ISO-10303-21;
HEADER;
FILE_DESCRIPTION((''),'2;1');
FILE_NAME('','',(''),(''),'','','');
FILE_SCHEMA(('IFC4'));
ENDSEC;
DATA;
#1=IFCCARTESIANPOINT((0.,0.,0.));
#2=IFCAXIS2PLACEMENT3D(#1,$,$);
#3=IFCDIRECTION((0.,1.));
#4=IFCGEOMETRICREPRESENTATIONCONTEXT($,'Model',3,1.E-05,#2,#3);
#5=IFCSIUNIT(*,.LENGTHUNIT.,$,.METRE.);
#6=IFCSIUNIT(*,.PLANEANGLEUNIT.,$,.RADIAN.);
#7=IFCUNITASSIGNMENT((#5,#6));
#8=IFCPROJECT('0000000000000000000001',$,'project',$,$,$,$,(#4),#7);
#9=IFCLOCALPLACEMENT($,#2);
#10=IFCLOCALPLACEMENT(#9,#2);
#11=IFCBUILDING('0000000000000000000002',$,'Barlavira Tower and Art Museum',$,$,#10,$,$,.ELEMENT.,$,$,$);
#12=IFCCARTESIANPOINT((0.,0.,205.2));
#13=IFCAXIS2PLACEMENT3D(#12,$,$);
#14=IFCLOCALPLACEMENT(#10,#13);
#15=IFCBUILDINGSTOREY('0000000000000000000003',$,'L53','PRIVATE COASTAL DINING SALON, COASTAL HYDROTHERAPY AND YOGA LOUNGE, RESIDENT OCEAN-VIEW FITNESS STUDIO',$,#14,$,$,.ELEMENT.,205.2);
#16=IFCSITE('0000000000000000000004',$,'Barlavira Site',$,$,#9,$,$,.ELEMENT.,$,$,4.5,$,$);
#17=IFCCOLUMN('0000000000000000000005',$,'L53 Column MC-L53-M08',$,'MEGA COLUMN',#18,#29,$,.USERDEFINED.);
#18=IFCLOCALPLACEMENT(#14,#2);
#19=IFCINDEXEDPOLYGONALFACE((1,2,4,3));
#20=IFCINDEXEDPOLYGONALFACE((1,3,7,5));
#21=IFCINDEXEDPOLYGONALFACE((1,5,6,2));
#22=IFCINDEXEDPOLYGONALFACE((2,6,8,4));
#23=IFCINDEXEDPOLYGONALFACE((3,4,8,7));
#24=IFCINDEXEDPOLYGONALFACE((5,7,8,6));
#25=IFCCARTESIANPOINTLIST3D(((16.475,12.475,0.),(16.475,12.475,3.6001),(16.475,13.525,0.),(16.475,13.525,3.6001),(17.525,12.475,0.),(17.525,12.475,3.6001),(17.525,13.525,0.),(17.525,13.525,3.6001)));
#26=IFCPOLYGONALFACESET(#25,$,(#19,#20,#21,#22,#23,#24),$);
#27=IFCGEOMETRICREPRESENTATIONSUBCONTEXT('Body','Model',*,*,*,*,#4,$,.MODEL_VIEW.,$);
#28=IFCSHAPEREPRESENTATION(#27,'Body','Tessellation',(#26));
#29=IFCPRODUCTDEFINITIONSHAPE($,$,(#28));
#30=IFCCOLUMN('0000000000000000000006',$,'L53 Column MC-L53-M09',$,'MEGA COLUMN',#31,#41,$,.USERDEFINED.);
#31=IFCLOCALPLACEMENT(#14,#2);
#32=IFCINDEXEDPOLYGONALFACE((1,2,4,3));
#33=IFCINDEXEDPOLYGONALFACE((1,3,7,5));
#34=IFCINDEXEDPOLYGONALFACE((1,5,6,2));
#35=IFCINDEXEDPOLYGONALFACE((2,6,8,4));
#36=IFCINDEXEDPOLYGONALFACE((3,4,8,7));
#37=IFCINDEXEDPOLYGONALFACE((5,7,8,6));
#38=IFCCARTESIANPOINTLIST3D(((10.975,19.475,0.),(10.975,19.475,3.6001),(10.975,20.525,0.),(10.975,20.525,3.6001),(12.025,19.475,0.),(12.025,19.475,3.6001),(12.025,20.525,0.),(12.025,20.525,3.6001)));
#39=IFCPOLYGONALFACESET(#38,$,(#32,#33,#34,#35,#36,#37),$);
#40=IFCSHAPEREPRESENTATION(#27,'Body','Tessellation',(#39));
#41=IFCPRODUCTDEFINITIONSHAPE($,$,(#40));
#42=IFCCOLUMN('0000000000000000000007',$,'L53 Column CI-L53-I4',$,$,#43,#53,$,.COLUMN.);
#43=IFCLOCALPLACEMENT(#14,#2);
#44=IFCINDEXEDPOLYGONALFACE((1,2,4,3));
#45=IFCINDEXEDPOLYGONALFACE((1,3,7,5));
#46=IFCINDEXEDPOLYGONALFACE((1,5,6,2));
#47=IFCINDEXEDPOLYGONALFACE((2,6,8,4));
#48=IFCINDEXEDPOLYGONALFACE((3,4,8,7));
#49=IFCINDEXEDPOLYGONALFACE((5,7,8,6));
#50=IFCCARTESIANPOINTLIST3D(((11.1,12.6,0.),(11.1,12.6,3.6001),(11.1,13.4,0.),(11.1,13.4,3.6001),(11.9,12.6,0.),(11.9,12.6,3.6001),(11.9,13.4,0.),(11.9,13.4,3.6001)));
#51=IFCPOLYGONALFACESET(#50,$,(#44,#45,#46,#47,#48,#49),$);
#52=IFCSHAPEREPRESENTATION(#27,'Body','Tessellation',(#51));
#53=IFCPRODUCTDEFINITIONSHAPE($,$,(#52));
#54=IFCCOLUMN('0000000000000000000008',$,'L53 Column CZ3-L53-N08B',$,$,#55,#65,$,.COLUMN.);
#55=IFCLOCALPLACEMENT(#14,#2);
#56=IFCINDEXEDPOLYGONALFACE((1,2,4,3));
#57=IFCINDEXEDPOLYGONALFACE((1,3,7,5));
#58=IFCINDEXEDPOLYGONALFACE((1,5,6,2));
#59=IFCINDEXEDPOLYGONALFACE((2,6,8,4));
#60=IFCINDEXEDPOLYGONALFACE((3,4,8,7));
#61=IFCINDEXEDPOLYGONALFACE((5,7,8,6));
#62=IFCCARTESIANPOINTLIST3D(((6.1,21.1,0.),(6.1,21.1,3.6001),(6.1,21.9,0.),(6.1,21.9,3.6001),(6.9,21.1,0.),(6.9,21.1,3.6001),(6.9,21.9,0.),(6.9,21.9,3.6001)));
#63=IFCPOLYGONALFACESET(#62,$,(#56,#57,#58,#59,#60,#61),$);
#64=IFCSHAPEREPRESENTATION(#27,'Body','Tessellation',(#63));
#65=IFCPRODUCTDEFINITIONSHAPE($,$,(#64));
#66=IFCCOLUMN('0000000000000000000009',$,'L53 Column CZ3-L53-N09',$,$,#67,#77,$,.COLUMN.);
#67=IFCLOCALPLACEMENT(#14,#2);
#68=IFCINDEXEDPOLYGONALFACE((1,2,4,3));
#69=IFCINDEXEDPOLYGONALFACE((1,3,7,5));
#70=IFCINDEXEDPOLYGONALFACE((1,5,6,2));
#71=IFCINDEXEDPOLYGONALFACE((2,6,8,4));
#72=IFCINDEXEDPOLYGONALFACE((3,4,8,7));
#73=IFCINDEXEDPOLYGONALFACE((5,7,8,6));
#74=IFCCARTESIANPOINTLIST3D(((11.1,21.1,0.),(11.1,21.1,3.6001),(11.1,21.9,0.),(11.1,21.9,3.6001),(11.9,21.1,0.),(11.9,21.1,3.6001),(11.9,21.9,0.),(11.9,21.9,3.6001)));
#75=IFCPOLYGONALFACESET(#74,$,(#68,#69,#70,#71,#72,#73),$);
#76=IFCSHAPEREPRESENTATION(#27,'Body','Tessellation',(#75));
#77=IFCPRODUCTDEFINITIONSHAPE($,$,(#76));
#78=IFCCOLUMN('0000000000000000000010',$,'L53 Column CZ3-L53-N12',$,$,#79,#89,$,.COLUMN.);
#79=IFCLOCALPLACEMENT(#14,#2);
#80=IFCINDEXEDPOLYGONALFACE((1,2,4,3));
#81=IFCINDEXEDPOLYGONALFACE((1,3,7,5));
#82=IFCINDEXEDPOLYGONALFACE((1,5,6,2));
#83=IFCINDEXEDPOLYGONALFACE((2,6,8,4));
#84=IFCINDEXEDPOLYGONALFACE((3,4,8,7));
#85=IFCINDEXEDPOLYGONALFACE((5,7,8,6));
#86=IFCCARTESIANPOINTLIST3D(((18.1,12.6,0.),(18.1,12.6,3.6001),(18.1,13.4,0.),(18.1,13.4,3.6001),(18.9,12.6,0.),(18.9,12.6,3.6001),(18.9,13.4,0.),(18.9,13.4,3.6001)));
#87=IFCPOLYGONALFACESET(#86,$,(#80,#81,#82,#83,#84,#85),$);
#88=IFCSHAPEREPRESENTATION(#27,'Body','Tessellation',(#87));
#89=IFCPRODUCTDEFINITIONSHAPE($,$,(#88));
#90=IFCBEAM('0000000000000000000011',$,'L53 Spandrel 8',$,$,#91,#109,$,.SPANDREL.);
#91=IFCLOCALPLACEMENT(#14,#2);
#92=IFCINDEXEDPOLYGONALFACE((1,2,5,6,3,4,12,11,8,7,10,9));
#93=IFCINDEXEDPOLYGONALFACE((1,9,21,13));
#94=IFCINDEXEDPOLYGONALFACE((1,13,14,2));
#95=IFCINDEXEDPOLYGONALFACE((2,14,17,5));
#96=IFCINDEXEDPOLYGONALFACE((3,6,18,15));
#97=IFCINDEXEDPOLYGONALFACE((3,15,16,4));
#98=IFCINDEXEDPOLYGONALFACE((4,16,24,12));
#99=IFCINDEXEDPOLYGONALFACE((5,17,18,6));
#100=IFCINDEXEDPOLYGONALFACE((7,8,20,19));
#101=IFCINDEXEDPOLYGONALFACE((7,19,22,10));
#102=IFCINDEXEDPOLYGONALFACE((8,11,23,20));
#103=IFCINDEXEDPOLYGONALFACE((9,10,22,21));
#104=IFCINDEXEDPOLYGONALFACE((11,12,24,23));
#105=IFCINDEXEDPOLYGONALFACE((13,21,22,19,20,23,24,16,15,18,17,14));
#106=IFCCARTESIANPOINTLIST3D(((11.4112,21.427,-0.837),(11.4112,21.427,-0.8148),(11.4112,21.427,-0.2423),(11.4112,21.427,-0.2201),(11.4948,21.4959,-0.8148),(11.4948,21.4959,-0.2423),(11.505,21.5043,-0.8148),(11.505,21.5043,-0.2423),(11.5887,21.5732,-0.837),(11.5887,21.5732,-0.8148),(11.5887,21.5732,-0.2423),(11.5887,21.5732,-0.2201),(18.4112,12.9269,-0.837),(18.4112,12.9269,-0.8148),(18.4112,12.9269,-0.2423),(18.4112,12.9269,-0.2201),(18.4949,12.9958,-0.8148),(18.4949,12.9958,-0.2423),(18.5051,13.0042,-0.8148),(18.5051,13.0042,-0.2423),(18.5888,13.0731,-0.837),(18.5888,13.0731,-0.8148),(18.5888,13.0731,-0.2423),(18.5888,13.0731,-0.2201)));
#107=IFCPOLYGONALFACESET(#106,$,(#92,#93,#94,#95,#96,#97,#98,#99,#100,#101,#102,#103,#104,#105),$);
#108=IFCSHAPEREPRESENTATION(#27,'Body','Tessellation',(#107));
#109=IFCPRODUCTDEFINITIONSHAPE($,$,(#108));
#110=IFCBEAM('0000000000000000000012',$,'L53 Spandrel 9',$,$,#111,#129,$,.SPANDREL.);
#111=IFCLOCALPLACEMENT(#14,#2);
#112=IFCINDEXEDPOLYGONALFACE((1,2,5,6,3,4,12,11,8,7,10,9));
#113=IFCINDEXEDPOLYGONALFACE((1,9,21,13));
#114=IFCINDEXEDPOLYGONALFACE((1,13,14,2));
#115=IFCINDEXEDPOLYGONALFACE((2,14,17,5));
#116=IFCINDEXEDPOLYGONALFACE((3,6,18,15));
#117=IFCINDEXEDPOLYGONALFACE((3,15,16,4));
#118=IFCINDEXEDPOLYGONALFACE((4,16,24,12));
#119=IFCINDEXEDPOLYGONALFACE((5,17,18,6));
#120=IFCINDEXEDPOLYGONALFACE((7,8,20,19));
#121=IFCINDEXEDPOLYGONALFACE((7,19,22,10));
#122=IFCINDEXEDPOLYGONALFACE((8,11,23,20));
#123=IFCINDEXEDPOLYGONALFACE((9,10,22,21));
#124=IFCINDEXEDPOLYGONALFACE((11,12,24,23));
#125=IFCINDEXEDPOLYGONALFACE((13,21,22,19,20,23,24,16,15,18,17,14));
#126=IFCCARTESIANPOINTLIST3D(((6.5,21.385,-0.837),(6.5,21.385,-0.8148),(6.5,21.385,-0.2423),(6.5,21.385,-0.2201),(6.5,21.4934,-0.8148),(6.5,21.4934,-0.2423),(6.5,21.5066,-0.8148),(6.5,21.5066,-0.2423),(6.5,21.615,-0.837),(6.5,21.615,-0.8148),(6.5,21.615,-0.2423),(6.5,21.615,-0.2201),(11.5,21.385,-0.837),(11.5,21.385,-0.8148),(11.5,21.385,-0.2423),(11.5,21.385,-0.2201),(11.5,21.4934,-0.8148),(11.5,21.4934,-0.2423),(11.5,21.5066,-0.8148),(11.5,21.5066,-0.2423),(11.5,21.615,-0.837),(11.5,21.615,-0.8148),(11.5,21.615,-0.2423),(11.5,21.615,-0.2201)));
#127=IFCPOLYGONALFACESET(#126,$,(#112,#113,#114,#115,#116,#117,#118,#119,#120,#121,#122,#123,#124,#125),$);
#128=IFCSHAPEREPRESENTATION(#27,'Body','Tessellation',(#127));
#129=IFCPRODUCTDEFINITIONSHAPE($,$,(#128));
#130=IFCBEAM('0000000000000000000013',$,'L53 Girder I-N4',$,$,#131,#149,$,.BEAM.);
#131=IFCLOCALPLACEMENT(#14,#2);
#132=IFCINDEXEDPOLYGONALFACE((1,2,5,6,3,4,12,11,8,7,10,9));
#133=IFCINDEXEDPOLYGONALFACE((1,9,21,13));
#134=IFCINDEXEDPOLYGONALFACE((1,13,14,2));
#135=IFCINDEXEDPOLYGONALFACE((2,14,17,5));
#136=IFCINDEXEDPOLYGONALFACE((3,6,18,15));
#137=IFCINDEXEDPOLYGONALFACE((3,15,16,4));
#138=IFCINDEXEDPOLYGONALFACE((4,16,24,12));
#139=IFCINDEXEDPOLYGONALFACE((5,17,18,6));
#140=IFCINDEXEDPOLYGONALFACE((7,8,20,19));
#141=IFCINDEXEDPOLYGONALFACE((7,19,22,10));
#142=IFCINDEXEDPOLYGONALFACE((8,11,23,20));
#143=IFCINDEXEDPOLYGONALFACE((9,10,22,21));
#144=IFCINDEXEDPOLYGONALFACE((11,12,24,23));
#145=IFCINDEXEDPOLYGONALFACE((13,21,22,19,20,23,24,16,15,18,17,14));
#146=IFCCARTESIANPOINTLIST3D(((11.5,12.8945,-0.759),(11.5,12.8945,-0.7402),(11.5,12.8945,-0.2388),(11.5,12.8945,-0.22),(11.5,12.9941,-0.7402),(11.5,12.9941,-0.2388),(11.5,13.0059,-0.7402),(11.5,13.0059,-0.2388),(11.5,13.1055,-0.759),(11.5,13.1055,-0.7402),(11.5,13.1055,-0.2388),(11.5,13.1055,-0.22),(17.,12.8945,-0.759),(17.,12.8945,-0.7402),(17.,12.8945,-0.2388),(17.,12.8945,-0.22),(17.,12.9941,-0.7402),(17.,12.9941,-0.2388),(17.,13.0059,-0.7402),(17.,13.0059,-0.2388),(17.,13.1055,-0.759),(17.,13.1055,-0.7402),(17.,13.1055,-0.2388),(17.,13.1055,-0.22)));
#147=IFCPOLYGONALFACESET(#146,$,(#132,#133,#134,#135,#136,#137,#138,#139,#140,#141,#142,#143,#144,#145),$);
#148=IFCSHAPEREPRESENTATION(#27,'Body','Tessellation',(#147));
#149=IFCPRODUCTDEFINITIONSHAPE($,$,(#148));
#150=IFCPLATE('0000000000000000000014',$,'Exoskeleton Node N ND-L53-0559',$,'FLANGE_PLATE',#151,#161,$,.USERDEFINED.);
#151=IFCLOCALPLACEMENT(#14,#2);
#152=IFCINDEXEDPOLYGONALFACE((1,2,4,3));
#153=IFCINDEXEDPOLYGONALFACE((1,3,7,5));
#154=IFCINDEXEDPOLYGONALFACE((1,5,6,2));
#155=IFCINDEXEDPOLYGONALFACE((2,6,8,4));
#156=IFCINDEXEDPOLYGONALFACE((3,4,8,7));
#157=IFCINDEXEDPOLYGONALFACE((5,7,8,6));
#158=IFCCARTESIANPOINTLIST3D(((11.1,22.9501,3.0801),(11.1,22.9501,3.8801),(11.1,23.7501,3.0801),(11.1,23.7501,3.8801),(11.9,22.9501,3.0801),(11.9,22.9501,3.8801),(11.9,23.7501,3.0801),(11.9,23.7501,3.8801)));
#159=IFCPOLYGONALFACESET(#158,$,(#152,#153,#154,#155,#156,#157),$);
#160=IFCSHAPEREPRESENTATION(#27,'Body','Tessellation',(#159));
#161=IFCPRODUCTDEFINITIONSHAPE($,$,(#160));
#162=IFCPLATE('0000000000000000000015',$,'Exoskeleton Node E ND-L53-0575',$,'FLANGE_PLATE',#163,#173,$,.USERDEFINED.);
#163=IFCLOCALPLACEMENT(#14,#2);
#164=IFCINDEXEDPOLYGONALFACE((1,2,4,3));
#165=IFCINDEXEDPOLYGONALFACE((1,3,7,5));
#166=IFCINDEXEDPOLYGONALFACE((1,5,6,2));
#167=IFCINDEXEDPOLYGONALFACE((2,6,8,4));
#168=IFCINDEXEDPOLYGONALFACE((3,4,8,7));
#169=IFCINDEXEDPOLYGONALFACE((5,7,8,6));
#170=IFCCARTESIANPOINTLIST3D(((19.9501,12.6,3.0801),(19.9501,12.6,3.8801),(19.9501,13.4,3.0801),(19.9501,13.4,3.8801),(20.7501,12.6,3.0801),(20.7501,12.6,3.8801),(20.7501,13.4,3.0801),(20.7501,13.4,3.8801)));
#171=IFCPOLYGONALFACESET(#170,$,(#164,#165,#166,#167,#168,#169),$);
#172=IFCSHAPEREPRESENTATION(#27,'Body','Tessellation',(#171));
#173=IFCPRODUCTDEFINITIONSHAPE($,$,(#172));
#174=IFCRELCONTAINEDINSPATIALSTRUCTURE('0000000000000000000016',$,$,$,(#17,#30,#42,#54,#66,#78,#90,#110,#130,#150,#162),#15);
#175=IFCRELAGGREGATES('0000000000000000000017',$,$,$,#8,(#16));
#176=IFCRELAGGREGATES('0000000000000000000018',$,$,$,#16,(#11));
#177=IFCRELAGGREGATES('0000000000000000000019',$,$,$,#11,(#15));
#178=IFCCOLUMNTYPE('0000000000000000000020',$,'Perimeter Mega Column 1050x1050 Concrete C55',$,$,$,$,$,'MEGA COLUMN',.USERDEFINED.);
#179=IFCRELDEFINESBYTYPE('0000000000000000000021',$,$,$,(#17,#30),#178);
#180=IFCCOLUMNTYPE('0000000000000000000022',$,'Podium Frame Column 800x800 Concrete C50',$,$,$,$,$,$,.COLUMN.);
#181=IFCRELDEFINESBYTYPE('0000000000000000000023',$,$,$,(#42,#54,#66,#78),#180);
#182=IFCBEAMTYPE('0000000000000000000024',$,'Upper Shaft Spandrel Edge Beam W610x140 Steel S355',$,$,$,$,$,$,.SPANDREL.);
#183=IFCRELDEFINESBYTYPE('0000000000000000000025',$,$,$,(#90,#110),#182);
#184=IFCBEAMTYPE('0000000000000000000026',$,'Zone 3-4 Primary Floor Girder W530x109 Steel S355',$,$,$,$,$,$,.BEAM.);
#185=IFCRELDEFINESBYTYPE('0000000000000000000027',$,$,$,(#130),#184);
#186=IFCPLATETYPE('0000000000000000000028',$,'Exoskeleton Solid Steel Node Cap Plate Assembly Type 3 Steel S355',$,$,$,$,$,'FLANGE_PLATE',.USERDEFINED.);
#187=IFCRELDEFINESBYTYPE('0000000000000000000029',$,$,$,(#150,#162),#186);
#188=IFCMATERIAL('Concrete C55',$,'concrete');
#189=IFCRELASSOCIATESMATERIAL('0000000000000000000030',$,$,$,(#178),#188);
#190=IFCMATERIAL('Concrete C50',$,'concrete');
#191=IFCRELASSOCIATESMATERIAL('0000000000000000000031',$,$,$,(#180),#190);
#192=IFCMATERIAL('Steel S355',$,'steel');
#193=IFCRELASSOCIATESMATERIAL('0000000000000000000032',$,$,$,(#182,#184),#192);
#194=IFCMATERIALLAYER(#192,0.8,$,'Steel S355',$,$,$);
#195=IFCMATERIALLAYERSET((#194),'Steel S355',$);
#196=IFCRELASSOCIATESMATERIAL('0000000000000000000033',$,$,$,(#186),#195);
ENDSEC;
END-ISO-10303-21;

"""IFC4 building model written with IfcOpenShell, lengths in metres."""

from ifc_helpers import new_model, si_unit, direction, frame, origin, origin_2d, place, context, subcontext, project, spatial, rectangle, i_section, extrude, material, layer, layer_set, material_profile, profile_set, type_object, element, save


model = new_model("IFC4")

# Units and contexts
model_context = context("Model", 3, precision=1e-05, world=origin(), true_north=direction((0.0, 1.0)))
body_context = subcontext(model_context, "Body", "Model", "MODEL_VIEW")
ifc_project = project(units=[si_unit("LENGTHUNIT", "METRE"), si_unit("PLANEANGLEUNIT", "RADIAN")], contexts=[model_context])

# Site, building, storey
site_placement = place(None, origin())
site = spatial("IfcSite", under=ifc_project, at=site_placement, Name="Barlavira Site", CompositionType="ELEMENT", RefElevation=4.5)
building_placement = place(site_placement, origin())
building = spatial("IfcBuilding", under=site, at=building_placement, Name="Barlavira Tower and Art Museum", CompositionType="ELEMENT")
storey_placement = place(building_placement, frame((0.0, 0.0, 205.2)))
storey = spatial("IfcBuildingStorey", under=building, at=storey_placement, Name="L53", Description="PRIVATE COASTAL DINING SALON, COASTAL HYDROTHERAPY AND YOGA LOUNGE, RESIDENT OCEAN-VIEW FITNESS STUDIO", CompositionType="ELEMENT", Elevation=205.2)

# Columns
ifc_material_1 = material(Name="Concrete C55", Category="concrete")
ifc_material_profile_1 = material_profile(ifc_material_1, rectangle(XDim=1.05, YDim=1.05, at=origin_2d()), Name="RC-COL 1050x1050")
ifc_profile_set_1 = profile_set([ifc_material_profile_1], Name="Concrete C55")
column_type_1 = type_object("IfcColumnType", Name="Perimeter Mega Column 1050x1050 Concrete C55", ElementType="MEGA COLUMN", PredefinedType="USERDEFINED", material=ifc_profile_set_1)
for number, where, z_axis, x_axis, name in (
    (1, (17.0, 13.0, 0.0), (0.0, 0.0, 1.0), (1.0, 0.0, 0.0), "L53 Column MC-L53-M08"),
    (2, (11.5, 20.0, 0.0), (0.0, 0.0, 1.0), (1.0, 0.0, 0.0), "L53 Column MC-L53-M09"),
):
    element("IfcColumn", number, at=place(storey_placement, frame(where, z_axis=z_axis, x_axis=x_axis)), inside=storey, type_object=column_type_1, Name=name, ObjectType="MEGA COLUMN", PredefinedType="USERDEFINED", context=body_context, shape_type="SweptSolid", body=[
        extrude(rectangle(XDim=1.05, YDim=1.05, at=origin_2d()), origin(), (0.0, 0.0, 1.0), 3.6001),
    ])
ifc_material_2 = material(Name="Concrete C50", Category="concrete")
ifc_material_profile_2 = material_profile(ifc_material_2, rectangle(XDim=0.8, YDim=0.8, at=origin_2d()), Name="RC-COL 800x800")
ifc_profile_set_2 = profile_set([ifc_material_profile_2], Name="Concrete C50")
column_type_2 = type_object("IfcColumnType", Name="Podium Frame Column 800x800 Concrete C50", PredefinedType="COLUMN", material=ifc_profile_set_2)
for number, where, z_axis, x_axis, name in (
    (3, (11.5, 13.0, 0.0), (0.0, 0.0, 1.0), (1.0, 0.0, 0.0), "L53 Column CI-L53-I4"),
    (4, (6.5, 21.5, 0.0), (0.0, 0.0, 1.0), (1.0, 0.0, 0.0), "L53 Column CZ3-L53-N08B"),
    (5, (11.5, 21.5, 0.0), (0.0, 0.0, 1.0), (1.0, 0.0, 0.0), "L53 Column CZ3-L53-N09"),
    (6, (18.5, 13.0, 0.0), (0.0, 0.0, 1.0), (1.0, 0.0, 0.0), "L53 Column CZ3-L53-N12"),
):
    element("IfcColumn", number, at=place(storey_placement, frame(where, z_axis=z_axis, x_axis=x_axis)), inside=storey, type_object=column_type_2, Name=name, PredefinedType="COLUMN", context=body_context, shape_type="SweptSolid", body=[
        extrude(rectangle(XDim=0.8, YDim=0.8, at=origin_2d()), origin(), (0.0, 0.0, 1.0), 3.6001),
    ])

# Beams
ifc_material_3 = material(Name="Steel S355", Category="steel")
ifc_material_profile_3 = material_profile(ifc_material_3, i_section(OverallWidth=0.23, OverallDepth=0.6169, WebThickness=0.0132, FlangeThickness=0.0222, at=origin_2d()), Name="W610x140.0")
ifc_profile_set_3 = profile_set([ifc_material_profile_3], Name="Steel S355")
beam_type_1 = type_object("IfcBeamType", Name="Upper Shaft Spandrel Edge Beam W610x140 Steel S355", PredefinedType="SPANDREL", material=ifc_profile_set_3)
beam_1_placement = place(storey_placement, frame((18.5, 13.0, -0.5286), z_axis=(-0.635707, 0.77193, 0.0), x_axis=(-0.77193, -0.635707, 0.0)))
element("IfcBeam", 7, at=beam_1_placement, inside=storey, type_object=beam_type_1, Name="L53 Spandrel 8", PredefinedType="SPANDREL", context=body_context, shape_type="SweptSolid", body=[
    extrude(i_section(OverallWidth=0.23, OverallDepth=0.6169, WebThickness=0.0132, FlangeThickness=0.0222, at=origin_2d()), origin(), (0.0, 0.0, 1.0), 11.0115),
])
beam_2_placement = place(storey_placement, frame((6.5, 21.5, -0.5286), z_axis=(1.0, 0.0, 0.0), x_axis=(0.0, 1.0, 0.0)))
element("IfcBeam", 8, at=beam_2_placement, inside=storey, type_object=beam_type_1, Name="L53 Spandrel 9", PredefinedType="SPANDREL", context=body_context, shape_type="SweptSolid", body=[
    extrude(i_section(OverallWidth=0.23, OverallDepth=0.6169, WebThickness=0.0132, FlangeThickness=0.0222, at=origin_2d()), origin(), (0.0, 0.0, 1.0), 5.0),
])
ifc_material_profile_4 = material_profile(ifc_material_3, i_section(OverallWidth=0.2109, OverallDepth=0.5391, WebThickness=0.0117, FlangeThickness=0.0188, at=origin_2d()), Name="W530x109.0")
ifc_profile_set_4 = profile_set([ifc_material_profile_4], Name="Steel S355")
beam_type_2 = type_object("IfcBeamType", Name="Zone 3-4 Primary Floor Girder W530x109 Steel S355", PredefinedType="BEAM", material=ifc_profile_set_4)
beam_3_placement = place(storey_placement, frame((11.5, 13.0, -0.4895), z_axis=(1.0, 0.0, 0.0), x_axis=(0.0, 1.0, 0.0)))
element("IfcBeam", 9, at=beam_3_placement, inside=storey, type_object=beam_type_2, Name="L53 Girder I-N4", PredefinedType="BEAM", context=body_context, shape_type="SweptSolid", body=[
    extrude(i_section(OverallWidth=0.2109, OverallDepth=0.5391, WebThickness=0.0117, FlangeThickness=0.0188, at=origin_2d()), origin(), (0.0, 0.0, 1.0), 5.5),
])

# Plates
ifc_layer_1 = layer(ifc_material_3, 0.8, Name="Steel S355")
ifc_layer_set_1 = layer_set([ifc_layer_1], Name="Steel S355")
plate_type = type_object("IfcPlateType", Name="Exoskeleton Solid Steel Node Cap Plate Assembly Type 3 Steel S355", ElementType="FLANGE_PLATE", PredefinedType="USERDEFINED", material=ifc_layer_set_1)
for number, where, z_axis, x_axis, name in (
    (10, (11.5, 23.3501, 3.0801), (0.0, 0.0, 1.0), (1.0, 0.0, 0.0), "Exoskeleton Node N ND-L53-0559"),
    (11, (20.3501, 13.0, 3.0801), (0.0, 0.0, 1.0), (1.0, 0.0, 0.0), "Exoskeleton Node E ND-L53-0575"),
):
    element("IfcPlate", number, at=place(storey_placement, frame(where, z_axis=z_axis, x_axis=x_axis)), inside=storey, type_object=plate_type, Name=name, ObjectType="FLANGE_PLATE", PredefinedType="USERDEFINED", context=body_context, shape_type="SweptSolid", body=[
        extrude(rectangle(XDim=0.8, YDim=0.8, at=origin_2d()), origin(), (0.0, 0.0, 1.0), 0.8),
    ])

save(model, "model.ifc")
